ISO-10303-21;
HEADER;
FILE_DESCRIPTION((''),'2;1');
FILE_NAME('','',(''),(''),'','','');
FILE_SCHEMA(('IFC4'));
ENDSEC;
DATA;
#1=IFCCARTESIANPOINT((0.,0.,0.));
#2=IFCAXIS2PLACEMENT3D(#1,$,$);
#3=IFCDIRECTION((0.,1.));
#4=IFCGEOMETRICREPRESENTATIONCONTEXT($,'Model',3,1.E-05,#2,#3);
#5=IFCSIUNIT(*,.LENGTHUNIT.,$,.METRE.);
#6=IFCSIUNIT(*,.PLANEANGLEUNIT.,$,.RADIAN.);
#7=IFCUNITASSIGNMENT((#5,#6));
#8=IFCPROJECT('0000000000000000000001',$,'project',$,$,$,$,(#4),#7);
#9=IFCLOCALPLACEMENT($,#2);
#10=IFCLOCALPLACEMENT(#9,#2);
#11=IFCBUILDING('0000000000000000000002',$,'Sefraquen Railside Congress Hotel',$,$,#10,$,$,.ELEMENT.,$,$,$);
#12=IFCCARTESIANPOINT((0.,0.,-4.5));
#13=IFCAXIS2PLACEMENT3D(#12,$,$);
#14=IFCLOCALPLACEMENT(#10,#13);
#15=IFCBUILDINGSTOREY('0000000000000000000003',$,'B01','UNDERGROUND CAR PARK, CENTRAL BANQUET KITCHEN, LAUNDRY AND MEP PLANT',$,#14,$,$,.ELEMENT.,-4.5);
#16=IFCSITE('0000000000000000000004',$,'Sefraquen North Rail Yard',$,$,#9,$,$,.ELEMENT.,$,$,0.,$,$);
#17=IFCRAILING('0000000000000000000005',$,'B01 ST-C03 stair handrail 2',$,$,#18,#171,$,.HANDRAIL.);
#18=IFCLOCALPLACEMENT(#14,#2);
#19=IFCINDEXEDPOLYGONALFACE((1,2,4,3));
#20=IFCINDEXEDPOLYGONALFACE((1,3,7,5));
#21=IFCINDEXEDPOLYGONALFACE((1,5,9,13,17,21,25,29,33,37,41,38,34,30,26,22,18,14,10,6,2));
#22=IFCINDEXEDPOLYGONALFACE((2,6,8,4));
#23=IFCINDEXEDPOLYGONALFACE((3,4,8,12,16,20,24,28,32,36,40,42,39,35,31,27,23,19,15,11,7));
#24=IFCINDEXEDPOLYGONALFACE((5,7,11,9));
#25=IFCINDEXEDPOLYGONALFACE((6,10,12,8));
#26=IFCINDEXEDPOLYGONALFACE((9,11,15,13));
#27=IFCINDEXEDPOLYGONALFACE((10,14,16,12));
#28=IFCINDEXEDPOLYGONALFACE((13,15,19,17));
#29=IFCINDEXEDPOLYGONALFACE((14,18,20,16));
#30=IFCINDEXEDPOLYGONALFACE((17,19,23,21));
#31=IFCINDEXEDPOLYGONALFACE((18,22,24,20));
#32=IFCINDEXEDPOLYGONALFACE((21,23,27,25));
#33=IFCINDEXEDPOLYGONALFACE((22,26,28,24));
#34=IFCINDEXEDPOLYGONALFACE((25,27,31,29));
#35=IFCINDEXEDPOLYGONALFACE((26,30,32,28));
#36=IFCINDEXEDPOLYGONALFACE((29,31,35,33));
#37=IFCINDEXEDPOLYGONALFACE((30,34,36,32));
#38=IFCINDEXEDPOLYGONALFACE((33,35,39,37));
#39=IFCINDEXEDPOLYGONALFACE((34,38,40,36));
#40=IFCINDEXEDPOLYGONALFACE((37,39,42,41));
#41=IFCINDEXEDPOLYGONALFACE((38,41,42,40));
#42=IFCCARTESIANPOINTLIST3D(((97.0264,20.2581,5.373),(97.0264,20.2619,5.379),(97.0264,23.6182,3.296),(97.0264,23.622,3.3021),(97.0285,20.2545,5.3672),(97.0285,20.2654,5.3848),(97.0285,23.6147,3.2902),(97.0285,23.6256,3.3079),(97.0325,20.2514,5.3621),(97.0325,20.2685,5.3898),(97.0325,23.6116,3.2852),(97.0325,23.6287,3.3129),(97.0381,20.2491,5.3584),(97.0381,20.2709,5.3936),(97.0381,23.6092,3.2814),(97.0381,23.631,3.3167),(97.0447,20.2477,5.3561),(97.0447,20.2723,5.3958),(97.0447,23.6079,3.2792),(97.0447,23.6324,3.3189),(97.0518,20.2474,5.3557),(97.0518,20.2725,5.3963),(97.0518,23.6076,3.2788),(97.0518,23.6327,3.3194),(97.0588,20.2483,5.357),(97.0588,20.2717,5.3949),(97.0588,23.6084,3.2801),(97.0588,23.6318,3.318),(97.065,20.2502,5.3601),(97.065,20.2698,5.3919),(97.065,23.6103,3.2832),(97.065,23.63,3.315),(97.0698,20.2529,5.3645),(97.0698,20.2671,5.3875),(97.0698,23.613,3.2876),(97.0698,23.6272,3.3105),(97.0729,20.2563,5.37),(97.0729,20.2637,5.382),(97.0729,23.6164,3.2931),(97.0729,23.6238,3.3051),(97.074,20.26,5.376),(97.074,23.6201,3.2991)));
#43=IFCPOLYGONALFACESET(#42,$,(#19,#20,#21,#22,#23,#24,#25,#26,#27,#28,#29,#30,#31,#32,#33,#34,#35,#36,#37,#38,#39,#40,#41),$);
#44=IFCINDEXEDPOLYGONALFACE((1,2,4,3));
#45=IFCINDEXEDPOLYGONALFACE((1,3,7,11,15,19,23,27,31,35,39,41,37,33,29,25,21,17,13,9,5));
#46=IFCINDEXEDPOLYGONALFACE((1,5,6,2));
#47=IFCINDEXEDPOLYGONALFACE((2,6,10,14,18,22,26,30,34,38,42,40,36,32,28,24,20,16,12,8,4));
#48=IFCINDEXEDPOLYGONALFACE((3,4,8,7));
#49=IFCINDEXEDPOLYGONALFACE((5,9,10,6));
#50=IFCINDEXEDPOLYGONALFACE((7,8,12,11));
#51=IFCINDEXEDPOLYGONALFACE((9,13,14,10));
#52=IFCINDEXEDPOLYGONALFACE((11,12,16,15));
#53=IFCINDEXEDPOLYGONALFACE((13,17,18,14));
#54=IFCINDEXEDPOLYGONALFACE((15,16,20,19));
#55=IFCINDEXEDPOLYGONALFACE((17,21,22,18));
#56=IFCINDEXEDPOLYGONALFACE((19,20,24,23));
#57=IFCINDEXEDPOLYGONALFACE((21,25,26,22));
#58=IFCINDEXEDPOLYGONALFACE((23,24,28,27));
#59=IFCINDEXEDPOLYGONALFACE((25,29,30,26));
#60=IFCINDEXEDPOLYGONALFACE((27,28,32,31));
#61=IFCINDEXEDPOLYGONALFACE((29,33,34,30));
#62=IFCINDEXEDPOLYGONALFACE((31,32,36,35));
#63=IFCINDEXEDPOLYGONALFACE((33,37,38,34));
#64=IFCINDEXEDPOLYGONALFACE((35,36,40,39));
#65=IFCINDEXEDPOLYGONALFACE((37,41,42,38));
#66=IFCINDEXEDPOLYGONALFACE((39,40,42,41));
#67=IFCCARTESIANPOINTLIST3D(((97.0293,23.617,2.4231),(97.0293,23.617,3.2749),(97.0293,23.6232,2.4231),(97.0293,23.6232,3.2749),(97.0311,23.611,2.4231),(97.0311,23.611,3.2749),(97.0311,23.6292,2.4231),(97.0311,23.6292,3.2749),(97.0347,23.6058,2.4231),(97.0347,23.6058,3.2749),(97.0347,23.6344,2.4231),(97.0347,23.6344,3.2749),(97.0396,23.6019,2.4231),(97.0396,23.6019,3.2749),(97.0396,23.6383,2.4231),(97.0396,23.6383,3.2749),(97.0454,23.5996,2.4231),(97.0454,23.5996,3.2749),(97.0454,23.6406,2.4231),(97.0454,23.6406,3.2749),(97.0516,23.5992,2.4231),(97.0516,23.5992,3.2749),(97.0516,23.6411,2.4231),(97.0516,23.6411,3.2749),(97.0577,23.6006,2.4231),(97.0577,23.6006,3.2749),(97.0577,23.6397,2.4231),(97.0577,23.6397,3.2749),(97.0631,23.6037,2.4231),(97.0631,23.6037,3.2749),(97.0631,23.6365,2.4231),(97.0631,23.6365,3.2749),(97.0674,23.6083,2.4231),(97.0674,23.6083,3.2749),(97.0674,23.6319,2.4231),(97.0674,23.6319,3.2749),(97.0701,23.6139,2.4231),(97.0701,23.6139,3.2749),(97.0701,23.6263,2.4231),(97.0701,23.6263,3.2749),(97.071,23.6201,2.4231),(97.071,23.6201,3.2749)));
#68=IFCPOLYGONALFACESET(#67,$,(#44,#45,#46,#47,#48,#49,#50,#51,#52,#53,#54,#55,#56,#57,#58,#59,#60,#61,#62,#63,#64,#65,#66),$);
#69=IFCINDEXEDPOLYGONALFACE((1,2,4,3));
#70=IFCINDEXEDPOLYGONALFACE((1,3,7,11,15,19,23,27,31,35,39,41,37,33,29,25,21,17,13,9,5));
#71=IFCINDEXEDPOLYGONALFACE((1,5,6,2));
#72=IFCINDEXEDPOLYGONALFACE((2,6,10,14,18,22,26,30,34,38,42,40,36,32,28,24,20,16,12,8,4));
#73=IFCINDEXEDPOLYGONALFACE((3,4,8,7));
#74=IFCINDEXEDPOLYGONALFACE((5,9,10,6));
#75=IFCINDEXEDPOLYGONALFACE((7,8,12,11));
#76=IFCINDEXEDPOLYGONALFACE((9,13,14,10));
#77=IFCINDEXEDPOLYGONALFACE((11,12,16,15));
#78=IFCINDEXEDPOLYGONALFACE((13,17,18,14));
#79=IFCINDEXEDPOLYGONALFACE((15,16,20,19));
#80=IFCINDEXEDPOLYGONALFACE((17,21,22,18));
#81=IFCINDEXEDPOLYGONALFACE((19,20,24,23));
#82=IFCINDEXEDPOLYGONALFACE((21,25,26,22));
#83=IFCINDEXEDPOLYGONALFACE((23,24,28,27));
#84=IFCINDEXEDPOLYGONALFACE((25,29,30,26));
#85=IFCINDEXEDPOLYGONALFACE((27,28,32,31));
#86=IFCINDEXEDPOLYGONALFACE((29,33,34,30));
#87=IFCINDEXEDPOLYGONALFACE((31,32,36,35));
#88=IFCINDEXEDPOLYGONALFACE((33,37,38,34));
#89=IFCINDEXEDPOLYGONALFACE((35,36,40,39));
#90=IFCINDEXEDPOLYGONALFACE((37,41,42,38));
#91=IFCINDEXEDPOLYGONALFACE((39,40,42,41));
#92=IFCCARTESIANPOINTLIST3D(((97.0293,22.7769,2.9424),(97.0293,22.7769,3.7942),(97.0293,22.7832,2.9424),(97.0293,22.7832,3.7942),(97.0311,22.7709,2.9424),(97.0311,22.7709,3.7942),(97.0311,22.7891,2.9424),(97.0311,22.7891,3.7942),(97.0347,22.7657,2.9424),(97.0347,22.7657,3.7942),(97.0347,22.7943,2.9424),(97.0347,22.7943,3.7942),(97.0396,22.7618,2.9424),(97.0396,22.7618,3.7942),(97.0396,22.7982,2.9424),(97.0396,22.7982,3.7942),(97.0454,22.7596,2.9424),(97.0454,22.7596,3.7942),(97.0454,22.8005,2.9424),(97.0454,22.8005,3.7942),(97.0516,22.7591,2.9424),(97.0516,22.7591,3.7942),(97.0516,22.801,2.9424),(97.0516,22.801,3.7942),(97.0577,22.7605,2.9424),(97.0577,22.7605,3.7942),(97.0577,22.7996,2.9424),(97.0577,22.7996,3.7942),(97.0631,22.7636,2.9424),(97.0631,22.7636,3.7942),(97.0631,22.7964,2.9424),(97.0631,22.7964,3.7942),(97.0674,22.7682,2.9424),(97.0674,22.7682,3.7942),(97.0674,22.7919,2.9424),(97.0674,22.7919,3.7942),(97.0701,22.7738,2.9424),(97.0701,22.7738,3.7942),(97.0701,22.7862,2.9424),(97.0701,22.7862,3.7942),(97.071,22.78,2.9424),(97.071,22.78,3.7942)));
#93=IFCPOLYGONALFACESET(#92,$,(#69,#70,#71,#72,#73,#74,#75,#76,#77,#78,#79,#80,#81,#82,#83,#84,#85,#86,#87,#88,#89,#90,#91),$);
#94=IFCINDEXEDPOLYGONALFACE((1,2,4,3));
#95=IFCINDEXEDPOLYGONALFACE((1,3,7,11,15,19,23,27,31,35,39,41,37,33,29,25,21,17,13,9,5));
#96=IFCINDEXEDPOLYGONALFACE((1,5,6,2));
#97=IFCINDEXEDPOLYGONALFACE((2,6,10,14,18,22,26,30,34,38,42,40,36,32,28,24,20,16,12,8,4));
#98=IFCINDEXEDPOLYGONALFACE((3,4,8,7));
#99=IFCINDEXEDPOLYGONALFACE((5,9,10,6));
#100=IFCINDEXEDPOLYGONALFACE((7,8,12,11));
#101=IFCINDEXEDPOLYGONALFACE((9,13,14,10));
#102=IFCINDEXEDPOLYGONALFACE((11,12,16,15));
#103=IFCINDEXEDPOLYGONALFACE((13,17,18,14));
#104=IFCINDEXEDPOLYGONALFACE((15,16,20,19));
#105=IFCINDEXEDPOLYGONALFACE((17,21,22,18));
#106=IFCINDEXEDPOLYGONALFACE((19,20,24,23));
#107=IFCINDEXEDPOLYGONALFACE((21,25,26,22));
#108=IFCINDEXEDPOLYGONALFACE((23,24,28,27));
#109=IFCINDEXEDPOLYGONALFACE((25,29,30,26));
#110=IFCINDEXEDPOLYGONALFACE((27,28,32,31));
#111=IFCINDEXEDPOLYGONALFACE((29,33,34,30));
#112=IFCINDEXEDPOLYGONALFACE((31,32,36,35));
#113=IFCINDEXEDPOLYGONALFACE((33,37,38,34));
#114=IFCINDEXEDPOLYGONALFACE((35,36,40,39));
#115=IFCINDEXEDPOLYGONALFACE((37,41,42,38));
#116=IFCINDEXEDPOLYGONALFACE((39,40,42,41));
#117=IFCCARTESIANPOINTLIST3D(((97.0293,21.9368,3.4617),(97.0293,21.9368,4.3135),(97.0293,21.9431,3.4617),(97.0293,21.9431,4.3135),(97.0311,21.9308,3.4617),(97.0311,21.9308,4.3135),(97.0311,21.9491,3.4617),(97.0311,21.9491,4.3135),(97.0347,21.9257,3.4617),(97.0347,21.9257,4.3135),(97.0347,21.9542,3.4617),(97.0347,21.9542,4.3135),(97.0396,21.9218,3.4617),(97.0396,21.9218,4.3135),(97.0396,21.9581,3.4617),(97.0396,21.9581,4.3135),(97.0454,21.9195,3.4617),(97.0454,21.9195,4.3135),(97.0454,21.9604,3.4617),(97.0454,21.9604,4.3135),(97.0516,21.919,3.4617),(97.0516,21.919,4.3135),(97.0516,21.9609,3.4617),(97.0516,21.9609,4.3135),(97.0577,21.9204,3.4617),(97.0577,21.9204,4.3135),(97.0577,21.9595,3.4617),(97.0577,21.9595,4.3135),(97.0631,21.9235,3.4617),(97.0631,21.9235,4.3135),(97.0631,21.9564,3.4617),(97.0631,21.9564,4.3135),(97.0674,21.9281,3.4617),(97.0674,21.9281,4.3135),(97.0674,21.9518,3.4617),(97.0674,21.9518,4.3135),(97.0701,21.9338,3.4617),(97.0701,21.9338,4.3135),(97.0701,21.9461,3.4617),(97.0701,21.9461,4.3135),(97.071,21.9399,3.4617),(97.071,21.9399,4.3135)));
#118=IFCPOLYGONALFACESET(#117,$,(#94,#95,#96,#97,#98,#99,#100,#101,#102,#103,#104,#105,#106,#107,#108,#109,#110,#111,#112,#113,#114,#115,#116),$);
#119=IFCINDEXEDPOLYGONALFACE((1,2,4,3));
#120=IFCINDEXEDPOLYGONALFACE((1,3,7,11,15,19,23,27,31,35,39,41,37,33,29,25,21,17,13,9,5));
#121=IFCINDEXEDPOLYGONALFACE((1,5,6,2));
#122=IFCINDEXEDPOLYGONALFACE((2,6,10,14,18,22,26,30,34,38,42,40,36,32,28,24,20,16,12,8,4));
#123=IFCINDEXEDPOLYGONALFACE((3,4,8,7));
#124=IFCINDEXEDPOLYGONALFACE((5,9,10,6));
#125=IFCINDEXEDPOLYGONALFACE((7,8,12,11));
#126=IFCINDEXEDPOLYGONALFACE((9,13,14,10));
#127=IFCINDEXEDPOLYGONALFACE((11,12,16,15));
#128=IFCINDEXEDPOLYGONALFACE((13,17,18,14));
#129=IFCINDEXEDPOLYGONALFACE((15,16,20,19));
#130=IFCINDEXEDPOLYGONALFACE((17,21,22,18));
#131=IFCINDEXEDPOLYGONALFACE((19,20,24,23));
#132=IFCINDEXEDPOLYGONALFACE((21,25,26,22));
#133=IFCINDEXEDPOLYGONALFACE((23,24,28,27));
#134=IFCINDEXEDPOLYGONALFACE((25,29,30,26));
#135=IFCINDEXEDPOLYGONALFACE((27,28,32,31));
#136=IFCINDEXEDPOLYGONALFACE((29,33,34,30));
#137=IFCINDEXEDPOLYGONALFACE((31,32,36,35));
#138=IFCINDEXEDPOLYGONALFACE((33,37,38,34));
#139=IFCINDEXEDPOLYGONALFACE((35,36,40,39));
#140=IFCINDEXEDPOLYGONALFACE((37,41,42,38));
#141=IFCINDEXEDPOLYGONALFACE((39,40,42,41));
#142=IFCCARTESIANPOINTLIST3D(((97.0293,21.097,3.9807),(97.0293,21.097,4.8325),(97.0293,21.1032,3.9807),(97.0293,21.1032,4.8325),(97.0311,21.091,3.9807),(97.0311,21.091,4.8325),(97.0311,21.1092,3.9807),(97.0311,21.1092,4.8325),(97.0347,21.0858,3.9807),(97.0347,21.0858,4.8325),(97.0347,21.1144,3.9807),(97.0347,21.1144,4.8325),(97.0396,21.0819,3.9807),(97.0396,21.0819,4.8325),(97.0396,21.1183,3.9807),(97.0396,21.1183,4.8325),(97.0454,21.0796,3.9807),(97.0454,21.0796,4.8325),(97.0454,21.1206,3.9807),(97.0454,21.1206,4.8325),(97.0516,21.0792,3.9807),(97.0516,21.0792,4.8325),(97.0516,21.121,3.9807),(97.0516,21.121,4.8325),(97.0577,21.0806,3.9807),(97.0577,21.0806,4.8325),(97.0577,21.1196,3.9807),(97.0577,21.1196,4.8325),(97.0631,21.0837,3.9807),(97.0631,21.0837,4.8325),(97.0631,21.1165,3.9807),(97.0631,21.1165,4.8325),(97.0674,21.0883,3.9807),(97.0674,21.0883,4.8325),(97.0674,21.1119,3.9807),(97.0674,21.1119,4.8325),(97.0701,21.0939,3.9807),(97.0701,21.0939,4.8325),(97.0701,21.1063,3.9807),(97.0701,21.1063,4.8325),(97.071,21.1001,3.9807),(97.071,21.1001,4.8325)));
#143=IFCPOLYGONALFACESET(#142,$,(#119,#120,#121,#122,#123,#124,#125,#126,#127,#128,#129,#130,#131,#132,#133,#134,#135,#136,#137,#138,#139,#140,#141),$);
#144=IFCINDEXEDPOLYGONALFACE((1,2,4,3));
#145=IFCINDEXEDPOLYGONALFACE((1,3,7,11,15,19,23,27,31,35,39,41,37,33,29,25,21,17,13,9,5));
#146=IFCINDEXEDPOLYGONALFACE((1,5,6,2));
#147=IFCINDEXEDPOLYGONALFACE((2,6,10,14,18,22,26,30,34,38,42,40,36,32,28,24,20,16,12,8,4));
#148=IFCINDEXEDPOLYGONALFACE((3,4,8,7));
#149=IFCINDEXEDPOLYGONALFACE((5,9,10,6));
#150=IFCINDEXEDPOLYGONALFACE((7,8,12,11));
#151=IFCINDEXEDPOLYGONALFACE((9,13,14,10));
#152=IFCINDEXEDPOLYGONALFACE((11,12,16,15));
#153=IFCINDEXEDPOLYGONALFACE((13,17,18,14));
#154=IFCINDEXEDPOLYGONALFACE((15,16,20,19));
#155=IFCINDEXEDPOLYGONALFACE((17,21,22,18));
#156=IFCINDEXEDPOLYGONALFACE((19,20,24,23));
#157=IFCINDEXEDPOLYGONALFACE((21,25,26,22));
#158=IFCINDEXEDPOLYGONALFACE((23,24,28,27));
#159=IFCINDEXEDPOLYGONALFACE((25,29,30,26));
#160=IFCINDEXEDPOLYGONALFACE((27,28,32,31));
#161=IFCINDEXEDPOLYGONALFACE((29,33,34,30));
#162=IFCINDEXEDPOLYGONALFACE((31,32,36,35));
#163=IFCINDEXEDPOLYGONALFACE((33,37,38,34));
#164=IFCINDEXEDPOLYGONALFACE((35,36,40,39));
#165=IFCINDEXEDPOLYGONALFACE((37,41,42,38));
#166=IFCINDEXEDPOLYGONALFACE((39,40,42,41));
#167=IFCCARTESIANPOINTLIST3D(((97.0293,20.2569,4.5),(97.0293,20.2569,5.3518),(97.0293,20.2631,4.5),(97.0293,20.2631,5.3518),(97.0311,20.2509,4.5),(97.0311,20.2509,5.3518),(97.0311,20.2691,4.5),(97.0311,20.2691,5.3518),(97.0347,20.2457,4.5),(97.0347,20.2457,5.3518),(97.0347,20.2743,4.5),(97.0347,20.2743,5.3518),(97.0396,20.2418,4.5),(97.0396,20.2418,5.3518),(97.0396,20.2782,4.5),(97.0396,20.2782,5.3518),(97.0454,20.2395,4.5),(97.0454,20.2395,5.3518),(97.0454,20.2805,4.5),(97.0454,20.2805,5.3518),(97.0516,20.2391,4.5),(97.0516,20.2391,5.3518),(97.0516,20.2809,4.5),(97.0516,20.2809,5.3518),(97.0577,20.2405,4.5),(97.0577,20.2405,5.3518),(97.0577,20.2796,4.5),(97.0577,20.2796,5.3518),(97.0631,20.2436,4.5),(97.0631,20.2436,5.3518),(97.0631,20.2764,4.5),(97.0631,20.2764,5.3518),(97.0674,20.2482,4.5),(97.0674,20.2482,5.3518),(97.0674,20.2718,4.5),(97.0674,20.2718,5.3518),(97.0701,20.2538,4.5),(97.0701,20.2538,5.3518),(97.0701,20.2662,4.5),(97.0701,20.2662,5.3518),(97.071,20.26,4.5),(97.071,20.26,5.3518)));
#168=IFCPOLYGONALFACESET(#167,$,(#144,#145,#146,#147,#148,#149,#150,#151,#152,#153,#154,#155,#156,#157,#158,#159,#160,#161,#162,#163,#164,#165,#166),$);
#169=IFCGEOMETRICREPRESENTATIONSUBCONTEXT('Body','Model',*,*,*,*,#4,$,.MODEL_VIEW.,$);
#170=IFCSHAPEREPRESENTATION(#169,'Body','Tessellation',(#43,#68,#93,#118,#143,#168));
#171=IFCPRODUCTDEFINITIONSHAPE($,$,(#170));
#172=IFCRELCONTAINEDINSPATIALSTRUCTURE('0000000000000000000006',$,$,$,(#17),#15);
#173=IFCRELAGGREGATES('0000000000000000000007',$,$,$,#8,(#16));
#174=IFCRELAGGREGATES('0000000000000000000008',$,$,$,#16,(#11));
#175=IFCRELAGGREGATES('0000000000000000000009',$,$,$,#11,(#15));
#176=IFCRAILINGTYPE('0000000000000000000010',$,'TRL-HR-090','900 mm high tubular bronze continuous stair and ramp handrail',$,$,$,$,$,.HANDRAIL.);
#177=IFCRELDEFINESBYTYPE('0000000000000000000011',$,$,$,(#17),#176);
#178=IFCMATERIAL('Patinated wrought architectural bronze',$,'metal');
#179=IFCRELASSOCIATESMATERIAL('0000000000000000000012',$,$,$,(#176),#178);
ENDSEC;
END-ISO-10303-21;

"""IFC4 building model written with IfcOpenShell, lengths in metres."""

from ifc_helpers import new_model, si_unit, direction, frame, origin, origin_2d, place, context, subcontext, project, spatial, circle, extrude, material, type_object, element, save


model = new_model("IFC4")

# Units and contexts
model_context = context("Model", 3, precision=1e-05, world=origin(), true_north=direction((0.0, 1.0)))
body_context = subcontext(model_context, "Body", "Model", "MODEL_VIEW")
ifc_project = project(units=[si_unit("LENGTHUNIT", "METRE"), si_unit("PLANEANGLEUNIT", "RADIAN")], contexts=[model_context])

# Site, building, storey
site_placement = place(None, origin())
site = spatial("IfcSite", under=ifc_project, at=site_placement, Name="Sefraquen North Rail Yard", CompositionType="ELEMENT", RefElevation=0.0)
building_placement = place(site_placement, origin())
building = spatial("IfcBuilding", under=site, at=building_placement, Name="Sefraquen Railside Congress Hotel", CompositionType="ELEMENT")
storey_placement = place(building_placement, frame((0.0, 0.0, -4.5)))
storey = spatial("IfcBuildingStorey", under=building, at=storey_placement, Name="B01", Description="UNDERGROUND CAR PARK, CENTRAL BANQUET KITCHEN, LAUNDRY AND MEP PLANT", CompositionType="ELEMENT", Elevation=-4.5)

# Railing
ifc_material_1 = material(Name="Patinated wrought architectural bronze", Category="metal")
railing_type_1 = type_object("IfcRailingType", Name="TRL-HR-090", Description="900 mm high tubular bronze continuous stair and ramp handrail", PredefinedType="HANDRAIL", material=ifc_material_1)
railing_1_placement = place(storey_placement, frame((97.05, 23.6201, 2.4231)))
element("IfcRailing", 1, at=railing_1_placement, inside=storey, type_object=railing_type_1, Name="B01 ST-C03 stair handrail 2", PredefinedType="HANDRAIL", context=body_context, shape_type="SweptSolid", body=[
    extrude(circle(Radius=0.0239, at=origin_2d()), frame((0.0, 0.0, 0.876), z_axis=(0.0, -0.850623, 0.525776), x_axis=(1.0, 0.0, 0.0)), (0.0, 0.0, 1.0), 3.9502),
    extrude(circle(Radius=0.021, at=origin_2d()), origin(), (0.0, 0.0, 1.0), 0.8518),
    extrude(circle(Radius=0.021, at=origin_2d()), frame((0.0, -0.8401, 0.5193)), (0.0, 0.0, 1.0), 0.8518),
    extrude(circle(Radius=0.021, at=origin_2d()), frame((0.0, -1.6802, 1.0386)), (0.0, 0.0, 1.0), 0.8518),
    extrude(circle(Radius=0.021, at=origin_2d()), frame((0.0, -2.52, 1.5576)), (0.0, 0.0, 1.0), 0.8518),
    extrude(circle(Radius=0.021, at=origin_2d()), frame((0.0, -3.3601, 2.0769)), (0.0, 0.0, 1.0), 0.8518),
])

save(model, "model.ifc")
